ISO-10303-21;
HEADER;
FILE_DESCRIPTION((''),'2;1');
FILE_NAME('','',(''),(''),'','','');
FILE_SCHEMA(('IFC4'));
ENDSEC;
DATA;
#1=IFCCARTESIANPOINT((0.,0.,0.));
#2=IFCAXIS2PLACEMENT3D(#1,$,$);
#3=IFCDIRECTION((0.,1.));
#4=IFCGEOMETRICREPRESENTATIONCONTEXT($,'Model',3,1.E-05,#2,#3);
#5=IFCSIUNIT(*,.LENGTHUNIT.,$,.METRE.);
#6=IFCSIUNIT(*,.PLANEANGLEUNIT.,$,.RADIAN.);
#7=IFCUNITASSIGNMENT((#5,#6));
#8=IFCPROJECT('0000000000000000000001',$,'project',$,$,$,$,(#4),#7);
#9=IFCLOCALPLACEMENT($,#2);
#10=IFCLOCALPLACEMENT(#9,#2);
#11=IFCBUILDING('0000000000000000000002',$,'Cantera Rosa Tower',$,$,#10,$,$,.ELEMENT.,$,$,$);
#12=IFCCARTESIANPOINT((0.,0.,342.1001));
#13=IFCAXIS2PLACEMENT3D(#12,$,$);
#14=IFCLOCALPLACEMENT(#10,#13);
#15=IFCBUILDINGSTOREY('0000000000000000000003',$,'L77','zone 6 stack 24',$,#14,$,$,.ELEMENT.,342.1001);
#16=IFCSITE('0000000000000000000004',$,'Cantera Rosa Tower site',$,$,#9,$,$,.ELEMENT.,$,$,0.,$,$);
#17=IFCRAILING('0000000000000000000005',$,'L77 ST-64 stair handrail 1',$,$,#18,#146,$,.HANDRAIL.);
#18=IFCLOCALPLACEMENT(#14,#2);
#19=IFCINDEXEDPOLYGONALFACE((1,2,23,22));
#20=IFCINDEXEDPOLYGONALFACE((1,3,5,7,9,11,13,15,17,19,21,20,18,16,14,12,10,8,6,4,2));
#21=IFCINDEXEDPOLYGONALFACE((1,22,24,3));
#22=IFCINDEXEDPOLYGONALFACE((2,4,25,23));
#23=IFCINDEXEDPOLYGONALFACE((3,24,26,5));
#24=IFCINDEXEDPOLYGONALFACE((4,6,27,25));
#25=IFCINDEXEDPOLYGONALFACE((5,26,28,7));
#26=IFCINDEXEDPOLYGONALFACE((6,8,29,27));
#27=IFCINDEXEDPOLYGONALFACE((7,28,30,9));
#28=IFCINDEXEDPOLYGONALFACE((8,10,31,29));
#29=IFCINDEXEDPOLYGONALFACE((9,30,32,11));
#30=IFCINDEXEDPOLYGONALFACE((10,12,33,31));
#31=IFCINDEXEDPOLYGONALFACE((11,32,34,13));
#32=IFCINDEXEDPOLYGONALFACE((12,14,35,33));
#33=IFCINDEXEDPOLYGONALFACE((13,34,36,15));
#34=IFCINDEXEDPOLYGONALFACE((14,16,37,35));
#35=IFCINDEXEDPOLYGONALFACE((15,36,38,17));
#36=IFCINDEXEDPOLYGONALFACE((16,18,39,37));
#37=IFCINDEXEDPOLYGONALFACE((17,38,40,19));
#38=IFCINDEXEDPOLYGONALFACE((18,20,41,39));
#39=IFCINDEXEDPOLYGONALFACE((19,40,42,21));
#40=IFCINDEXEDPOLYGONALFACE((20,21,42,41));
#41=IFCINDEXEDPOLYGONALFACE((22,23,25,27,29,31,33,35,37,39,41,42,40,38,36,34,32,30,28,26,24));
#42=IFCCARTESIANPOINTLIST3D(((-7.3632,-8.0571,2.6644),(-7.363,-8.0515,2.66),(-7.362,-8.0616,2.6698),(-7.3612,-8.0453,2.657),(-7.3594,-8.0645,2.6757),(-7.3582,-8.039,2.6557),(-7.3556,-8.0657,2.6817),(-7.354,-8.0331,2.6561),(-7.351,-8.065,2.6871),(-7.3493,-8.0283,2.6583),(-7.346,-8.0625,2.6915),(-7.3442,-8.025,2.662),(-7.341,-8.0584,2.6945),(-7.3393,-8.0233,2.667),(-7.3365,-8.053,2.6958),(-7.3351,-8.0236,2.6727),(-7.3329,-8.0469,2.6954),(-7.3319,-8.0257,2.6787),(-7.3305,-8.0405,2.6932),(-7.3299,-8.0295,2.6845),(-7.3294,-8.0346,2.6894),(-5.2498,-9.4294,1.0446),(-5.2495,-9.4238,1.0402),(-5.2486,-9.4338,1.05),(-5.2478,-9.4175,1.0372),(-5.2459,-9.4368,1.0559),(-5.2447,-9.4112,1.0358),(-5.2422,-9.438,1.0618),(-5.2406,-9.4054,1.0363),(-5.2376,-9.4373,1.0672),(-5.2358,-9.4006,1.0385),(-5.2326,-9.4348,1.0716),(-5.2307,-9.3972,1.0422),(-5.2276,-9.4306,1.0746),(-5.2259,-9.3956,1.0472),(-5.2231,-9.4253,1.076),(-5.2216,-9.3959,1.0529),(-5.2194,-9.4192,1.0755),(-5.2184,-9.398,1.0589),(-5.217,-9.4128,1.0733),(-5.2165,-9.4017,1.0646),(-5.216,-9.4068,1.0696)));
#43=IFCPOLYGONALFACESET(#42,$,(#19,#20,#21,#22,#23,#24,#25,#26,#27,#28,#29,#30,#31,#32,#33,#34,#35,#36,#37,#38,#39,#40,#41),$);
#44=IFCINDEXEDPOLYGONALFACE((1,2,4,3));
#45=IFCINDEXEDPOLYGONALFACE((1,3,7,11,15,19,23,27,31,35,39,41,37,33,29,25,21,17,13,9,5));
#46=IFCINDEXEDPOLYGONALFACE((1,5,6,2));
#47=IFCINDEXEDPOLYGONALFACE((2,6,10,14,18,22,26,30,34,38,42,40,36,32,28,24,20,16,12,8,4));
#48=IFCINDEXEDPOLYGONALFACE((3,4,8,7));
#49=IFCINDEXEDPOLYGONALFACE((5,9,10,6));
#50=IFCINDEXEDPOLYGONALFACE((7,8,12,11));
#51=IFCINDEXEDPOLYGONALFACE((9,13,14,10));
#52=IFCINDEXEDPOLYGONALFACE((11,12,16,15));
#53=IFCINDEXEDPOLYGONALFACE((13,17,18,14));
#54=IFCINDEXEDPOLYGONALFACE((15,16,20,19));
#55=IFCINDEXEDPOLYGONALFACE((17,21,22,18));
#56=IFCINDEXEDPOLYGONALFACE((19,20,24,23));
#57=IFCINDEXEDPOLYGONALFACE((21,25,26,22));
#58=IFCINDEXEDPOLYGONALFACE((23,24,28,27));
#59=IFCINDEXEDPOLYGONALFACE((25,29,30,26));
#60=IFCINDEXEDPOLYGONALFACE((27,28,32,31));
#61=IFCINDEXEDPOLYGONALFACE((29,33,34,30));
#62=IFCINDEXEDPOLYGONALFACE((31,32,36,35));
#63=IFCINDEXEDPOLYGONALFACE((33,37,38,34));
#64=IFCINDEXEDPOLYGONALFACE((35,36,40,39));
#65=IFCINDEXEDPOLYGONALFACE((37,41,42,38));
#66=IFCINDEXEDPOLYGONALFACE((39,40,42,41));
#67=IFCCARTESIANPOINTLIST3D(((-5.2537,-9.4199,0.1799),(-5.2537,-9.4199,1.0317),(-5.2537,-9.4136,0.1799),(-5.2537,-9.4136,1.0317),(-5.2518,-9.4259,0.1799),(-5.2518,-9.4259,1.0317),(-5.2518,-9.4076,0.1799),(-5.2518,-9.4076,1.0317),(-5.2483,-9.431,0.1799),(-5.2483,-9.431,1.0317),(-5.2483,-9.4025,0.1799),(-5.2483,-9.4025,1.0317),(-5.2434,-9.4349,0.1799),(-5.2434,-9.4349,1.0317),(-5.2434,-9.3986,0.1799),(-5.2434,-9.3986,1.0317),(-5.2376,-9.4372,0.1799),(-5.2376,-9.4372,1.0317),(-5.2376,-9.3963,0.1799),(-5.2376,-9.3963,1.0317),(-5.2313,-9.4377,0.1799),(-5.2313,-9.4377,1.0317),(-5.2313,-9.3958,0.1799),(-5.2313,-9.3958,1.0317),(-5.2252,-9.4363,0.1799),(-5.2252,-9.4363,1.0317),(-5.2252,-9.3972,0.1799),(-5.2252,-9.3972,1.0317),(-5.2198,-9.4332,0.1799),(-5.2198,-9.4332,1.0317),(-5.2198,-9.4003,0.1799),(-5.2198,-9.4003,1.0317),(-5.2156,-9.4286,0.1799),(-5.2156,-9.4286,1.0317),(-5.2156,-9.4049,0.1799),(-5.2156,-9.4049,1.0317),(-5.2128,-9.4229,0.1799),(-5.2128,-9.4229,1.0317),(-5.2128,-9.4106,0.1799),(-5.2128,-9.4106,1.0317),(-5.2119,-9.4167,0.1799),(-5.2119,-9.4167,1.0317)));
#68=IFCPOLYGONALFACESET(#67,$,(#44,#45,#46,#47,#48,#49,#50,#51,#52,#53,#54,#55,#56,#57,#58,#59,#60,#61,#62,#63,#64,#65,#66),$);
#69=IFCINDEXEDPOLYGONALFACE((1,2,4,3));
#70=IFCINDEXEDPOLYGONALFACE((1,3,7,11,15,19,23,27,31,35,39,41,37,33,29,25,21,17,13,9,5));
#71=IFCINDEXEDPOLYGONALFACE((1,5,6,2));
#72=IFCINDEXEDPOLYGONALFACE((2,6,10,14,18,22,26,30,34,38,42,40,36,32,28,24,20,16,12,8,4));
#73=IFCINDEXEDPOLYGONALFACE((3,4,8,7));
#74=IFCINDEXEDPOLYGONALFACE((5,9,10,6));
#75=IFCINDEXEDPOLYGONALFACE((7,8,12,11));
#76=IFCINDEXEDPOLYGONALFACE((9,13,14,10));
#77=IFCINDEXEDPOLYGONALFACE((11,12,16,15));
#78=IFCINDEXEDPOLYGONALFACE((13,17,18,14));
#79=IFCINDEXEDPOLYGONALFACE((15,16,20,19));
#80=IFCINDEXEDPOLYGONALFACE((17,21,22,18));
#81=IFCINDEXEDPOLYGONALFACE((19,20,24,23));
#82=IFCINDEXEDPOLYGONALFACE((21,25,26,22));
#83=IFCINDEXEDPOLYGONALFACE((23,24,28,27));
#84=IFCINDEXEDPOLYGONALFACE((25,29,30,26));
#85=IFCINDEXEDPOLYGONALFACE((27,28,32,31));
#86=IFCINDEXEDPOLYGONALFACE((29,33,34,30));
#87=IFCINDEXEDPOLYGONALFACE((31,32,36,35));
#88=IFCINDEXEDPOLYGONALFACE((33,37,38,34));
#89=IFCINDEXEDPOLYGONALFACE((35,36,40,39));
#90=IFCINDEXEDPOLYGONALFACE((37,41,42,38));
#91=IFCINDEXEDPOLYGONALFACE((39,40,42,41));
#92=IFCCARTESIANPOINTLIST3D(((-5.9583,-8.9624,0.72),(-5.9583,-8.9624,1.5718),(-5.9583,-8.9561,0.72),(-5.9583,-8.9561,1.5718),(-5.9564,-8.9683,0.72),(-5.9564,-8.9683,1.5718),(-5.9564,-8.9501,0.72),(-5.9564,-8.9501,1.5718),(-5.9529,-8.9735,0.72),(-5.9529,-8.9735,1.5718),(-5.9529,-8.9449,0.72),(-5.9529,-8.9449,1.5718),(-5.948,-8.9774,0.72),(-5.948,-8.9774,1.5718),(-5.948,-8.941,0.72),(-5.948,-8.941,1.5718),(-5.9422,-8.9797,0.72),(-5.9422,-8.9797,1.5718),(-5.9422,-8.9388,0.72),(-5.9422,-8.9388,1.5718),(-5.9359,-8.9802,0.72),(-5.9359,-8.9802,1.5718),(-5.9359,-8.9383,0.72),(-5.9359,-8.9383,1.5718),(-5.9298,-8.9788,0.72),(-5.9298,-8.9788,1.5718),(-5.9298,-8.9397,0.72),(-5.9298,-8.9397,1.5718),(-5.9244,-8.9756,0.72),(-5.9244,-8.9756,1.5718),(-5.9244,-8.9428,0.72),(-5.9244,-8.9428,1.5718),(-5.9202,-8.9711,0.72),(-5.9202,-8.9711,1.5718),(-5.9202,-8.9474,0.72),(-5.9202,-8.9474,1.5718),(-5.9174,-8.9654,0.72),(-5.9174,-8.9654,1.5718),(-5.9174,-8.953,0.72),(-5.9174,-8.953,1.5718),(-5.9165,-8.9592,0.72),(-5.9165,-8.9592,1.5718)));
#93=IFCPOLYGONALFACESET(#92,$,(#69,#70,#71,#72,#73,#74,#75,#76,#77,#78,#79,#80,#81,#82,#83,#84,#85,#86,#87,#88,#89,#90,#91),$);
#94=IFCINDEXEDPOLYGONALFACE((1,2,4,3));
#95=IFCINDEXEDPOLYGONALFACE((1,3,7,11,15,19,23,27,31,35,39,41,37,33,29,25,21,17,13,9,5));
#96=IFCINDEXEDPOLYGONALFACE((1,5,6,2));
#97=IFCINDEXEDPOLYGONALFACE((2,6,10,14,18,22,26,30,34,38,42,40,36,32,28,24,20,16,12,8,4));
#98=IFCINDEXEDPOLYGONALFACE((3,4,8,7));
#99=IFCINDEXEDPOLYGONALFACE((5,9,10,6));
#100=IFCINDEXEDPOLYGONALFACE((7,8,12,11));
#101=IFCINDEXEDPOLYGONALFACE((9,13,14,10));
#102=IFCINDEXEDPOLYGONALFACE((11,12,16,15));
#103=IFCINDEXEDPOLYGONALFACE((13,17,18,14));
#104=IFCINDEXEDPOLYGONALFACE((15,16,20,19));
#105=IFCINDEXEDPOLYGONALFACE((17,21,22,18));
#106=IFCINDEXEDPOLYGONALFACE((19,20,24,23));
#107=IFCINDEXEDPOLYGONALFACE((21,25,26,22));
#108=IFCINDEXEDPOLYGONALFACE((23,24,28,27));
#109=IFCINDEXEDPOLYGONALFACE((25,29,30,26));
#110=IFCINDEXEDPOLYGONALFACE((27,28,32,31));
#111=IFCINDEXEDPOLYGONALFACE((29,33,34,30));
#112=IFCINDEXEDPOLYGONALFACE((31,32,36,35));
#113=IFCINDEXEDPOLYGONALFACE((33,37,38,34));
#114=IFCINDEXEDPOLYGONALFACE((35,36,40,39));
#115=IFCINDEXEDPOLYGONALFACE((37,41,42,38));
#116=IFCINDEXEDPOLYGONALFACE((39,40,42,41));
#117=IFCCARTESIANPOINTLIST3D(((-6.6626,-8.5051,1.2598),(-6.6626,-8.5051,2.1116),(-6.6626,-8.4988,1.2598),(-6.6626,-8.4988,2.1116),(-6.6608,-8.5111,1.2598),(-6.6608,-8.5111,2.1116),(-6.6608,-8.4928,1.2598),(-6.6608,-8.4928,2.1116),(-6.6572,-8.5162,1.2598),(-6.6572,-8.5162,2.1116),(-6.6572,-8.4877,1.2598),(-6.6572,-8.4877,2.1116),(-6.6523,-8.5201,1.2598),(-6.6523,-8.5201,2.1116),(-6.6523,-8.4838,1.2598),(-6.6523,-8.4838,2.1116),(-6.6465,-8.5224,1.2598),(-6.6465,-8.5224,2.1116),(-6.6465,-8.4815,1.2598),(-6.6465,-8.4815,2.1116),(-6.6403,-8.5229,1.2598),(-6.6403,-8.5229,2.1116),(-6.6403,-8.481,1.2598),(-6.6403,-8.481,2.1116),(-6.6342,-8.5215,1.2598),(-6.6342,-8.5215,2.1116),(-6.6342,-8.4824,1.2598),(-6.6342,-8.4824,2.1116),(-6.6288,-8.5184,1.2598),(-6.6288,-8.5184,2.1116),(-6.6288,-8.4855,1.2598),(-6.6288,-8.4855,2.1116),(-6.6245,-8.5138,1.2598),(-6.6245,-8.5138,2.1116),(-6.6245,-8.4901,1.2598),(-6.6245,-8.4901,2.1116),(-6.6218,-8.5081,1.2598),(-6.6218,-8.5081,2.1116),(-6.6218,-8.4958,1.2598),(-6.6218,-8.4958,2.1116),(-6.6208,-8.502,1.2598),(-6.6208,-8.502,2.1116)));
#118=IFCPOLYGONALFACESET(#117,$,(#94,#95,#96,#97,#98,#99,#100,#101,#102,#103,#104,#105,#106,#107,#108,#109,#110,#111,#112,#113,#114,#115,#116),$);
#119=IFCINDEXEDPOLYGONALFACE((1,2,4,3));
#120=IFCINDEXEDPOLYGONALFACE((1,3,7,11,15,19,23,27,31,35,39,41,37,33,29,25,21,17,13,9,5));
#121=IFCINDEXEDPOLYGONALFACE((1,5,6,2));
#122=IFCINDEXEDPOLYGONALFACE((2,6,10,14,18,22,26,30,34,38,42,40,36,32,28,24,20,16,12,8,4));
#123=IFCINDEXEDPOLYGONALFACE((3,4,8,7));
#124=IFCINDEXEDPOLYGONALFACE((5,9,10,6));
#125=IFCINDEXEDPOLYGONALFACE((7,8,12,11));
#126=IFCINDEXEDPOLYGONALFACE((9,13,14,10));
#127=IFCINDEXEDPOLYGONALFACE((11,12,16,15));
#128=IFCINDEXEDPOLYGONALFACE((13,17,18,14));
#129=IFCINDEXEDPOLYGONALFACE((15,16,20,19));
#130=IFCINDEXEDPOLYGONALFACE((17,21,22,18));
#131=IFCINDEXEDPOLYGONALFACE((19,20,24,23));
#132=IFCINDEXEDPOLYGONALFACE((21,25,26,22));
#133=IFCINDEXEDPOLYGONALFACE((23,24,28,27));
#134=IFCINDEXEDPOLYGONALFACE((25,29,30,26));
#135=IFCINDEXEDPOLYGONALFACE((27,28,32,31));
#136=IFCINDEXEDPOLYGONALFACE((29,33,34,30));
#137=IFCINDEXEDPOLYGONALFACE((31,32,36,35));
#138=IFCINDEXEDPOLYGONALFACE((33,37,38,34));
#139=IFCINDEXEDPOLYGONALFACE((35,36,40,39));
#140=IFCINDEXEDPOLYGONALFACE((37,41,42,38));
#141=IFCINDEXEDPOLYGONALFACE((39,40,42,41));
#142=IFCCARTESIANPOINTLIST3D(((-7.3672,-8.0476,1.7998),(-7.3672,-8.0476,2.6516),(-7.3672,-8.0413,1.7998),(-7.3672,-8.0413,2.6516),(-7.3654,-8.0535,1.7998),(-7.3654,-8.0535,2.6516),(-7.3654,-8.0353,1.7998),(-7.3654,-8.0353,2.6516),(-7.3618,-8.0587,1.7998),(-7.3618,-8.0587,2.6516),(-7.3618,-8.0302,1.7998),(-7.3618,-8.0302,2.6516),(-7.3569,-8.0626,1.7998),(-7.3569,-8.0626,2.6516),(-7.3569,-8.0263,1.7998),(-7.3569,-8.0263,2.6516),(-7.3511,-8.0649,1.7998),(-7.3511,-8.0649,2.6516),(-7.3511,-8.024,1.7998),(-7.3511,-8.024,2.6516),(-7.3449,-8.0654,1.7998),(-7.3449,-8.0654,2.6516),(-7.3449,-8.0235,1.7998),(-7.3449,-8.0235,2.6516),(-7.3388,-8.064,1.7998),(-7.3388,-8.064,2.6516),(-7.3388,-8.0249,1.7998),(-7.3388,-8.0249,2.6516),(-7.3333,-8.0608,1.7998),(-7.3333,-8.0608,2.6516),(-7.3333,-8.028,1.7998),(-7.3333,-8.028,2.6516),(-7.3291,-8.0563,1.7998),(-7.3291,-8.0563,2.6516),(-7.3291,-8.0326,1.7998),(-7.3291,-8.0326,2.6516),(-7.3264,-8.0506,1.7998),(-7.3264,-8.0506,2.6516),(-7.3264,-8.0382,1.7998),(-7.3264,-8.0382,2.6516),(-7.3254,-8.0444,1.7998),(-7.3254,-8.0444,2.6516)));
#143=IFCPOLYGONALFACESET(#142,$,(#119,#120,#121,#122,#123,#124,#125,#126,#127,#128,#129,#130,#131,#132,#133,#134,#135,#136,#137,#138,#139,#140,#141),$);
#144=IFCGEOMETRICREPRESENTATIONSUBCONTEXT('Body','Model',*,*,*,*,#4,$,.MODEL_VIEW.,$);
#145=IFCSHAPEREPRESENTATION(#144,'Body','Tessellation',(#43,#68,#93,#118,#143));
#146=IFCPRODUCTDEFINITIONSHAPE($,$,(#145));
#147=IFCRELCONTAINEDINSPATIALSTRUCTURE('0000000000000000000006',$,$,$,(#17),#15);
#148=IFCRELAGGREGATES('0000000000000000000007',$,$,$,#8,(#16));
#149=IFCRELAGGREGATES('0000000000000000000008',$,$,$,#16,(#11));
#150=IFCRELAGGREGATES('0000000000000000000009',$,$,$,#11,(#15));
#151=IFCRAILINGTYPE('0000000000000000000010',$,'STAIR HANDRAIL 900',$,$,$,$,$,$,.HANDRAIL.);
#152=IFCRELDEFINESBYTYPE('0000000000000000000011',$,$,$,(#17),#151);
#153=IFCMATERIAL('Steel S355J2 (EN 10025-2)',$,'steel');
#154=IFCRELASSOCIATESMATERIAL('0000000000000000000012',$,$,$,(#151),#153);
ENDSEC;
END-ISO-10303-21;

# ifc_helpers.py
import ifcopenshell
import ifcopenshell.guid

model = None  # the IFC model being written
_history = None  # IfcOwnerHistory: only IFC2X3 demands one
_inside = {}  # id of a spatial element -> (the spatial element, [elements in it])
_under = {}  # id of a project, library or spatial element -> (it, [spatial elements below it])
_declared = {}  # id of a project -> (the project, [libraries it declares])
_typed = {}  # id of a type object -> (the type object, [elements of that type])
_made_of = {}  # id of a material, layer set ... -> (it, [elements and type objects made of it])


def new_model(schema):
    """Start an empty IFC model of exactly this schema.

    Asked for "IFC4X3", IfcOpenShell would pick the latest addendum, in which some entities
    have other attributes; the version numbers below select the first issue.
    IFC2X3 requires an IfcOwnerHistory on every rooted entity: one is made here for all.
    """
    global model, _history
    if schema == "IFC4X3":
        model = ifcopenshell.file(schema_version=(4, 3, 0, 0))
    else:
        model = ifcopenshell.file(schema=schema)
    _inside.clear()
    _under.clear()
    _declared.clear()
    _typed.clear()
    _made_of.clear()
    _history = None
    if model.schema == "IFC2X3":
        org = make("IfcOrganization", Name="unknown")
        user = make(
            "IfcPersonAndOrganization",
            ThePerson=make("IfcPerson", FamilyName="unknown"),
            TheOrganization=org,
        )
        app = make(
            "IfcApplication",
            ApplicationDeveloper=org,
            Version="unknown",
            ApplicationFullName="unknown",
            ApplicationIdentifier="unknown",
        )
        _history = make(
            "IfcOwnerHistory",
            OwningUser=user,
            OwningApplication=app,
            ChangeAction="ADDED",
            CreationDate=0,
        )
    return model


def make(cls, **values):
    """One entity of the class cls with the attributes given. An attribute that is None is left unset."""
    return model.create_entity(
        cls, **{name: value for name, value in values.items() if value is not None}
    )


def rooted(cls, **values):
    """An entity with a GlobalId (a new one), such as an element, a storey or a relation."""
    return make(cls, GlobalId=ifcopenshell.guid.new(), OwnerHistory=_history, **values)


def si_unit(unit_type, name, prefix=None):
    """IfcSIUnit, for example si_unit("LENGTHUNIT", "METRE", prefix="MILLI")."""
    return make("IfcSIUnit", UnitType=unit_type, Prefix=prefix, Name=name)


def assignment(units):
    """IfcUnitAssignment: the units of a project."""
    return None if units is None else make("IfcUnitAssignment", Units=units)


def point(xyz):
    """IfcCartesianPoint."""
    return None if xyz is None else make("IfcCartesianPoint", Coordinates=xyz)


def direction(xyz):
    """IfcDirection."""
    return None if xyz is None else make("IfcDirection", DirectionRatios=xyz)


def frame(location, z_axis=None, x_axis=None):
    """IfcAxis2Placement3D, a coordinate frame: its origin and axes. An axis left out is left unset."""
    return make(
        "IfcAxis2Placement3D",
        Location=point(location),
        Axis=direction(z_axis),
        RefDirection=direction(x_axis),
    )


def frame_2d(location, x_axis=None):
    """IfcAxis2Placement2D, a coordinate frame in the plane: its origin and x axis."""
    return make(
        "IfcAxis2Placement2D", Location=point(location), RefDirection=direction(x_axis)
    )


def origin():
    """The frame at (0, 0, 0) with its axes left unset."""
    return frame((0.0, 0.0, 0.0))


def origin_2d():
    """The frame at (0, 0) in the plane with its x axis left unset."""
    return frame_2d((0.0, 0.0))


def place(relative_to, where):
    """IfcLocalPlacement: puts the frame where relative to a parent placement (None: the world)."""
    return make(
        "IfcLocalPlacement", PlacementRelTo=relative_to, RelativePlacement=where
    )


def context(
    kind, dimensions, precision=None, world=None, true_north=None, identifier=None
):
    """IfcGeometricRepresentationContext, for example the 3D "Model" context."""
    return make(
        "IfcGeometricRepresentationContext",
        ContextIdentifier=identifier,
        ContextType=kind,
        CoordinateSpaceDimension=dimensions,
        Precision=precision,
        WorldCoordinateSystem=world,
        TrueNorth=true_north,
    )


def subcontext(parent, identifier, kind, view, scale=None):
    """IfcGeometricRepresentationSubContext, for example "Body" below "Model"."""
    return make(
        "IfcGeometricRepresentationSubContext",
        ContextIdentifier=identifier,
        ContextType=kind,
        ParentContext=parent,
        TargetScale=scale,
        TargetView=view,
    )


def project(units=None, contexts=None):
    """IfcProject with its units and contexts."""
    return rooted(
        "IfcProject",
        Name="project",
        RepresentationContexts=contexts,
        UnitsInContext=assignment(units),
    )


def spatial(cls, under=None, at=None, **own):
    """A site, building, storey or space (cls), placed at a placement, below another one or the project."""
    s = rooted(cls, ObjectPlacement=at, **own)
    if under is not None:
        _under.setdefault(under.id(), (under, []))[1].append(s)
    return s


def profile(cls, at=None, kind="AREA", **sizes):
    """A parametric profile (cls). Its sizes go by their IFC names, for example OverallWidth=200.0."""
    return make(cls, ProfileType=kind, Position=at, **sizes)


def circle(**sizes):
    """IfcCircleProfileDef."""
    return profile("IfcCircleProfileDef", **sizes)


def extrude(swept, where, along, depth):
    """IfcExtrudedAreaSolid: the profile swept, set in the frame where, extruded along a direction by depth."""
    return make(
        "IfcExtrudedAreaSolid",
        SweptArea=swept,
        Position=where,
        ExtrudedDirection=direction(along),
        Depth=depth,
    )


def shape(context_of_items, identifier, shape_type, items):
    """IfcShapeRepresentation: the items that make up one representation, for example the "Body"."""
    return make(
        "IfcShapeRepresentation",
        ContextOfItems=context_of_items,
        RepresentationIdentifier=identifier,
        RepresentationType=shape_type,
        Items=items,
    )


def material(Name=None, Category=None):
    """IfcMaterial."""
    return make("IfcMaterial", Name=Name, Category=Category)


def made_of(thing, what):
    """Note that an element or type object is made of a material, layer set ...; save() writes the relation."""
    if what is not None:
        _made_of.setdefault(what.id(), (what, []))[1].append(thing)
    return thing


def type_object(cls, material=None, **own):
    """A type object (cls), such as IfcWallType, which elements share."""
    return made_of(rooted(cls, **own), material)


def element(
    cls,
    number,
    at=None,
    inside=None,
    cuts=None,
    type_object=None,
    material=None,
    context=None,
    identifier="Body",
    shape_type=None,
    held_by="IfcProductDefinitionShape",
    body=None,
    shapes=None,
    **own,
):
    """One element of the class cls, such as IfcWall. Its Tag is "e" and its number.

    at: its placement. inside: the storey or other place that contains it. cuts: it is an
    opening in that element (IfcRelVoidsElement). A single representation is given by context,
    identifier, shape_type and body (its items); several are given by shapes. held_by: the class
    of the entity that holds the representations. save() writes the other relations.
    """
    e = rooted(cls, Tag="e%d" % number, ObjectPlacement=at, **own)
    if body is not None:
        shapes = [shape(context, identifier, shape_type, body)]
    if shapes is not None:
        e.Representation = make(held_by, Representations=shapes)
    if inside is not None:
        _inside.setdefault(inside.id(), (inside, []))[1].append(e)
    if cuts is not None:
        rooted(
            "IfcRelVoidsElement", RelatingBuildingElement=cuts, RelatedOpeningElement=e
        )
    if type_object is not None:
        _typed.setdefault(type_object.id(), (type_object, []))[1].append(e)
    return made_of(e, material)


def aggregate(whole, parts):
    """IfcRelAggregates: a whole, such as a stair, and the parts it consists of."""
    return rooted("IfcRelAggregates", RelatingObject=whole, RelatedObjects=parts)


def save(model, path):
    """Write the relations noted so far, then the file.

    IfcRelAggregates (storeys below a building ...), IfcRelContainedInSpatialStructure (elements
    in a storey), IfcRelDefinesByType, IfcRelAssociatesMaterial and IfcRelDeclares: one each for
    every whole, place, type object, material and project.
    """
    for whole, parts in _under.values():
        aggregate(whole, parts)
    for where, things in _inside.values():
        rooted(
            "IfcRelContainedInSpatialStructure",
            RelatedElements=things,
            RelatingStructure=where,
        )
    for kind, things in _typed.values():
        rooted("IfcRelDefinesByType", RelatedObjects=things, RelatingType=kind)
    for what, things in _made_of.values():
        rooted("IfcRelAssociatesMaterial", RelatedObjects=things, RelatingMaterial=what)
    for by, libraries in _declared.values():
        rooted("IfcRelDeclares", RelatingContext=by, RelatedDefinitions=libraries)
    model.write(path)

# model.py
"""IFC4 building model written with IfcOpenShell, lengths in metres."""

from ifc_helpers import new_model, si_unit, direction, frame, origin, origin_2d, place, context, subcontext, project, spatial, circle, extrude, material, type_object, element, save


model = new_model("IFC4")

# Units and contexts
model_context = context("Model", 3, precision=1e-05, world=origin(), true_north=direction((0.0, 1.0)))
body_context = subcontext(model_context, "Body", "Model", "MODEL_VIEW")
ifc_project = project(units=[si_unit("LENGTHUNIT", "METRE"), si_unit("PLANEANGLEUNIT", "RADIAN")], contexts=[model_context])

# Site, building, storey
site_placement = place(None, origin())
site = spatial("IfcSite", under=ifc_project, at=site_placement, Name="Cantera Rosa Tower site", CompositionType="ELEMENT", RefElevation=0.0)
building_placement = place(site_placement, origin())
building = spatial("IfcBuilding", under=site, at=building_placement, Name="Cantera Rosa Tower", CompositionType="ELEMENT")
storey_placement = place(building_placement, frame((0.0, 0.0, 342.1001)))
storey = spatial("IfcBuildingStorey", under=building, at=storey_placement, Name="L77", Description="zone 6 stack 24", CompositionType="ELEMENT", Elevation=342.1001)

# Railing
ifc_material_1 = material(Name="Steel S355J2 (EN 10025-2)", Category="steel")
railing_type_1 = type_object("IfcRailingType", Name="STAIR HANDRAIL 900", PredefinedType="HANDRAIL", material=ifc_material_1)
railing_1_placement = place(storey_placement, frame((-5.2329, -9.4167, 0.1799)))
element("IfcRailing", 1, at=railing_1_placement, inside=storey, type_object=railing_type_1, Name="L77 ST-64 stair handrail 1", PredefinedType="HANDRAIL", context=body_context, shape_type="SweptSolid", body=[
    extrude(circle(Radius=0.0239, at=origin_2d()), frame((0.0, 0.0, 0.876), z_axis=(-0.705519, 0.458095, 0.540733), x_axis=(-0.544576, -0.838711, 0.0)), (0.0, 0.0, 1.0), 2.9956),
    extrude(circle(Radius=0.021, at=origin_2d()), origin(), (0.0, 0.0, 1.0), 0.8518),
    extrude(circle(Radius=0.021, at=origin_2d()), frame((-0.7046, 0.4575, 0.54)), (0.0, 0.0, 1.0), 0.8518),
    extrude(circle(Radius=0.021, at=origin_2d()), frame((-1.4089, 0.9148, 1.0798)), (0.0, 0.0, 1.0), 0.8518),
    extrude(circle(Radius=0.021, at=origin_2d()), frame((-2.1135, 1.3723, 1.6199)), (0.0, 0.0, 1.0), 0.8518),
])

save(model, "model.ifc")
